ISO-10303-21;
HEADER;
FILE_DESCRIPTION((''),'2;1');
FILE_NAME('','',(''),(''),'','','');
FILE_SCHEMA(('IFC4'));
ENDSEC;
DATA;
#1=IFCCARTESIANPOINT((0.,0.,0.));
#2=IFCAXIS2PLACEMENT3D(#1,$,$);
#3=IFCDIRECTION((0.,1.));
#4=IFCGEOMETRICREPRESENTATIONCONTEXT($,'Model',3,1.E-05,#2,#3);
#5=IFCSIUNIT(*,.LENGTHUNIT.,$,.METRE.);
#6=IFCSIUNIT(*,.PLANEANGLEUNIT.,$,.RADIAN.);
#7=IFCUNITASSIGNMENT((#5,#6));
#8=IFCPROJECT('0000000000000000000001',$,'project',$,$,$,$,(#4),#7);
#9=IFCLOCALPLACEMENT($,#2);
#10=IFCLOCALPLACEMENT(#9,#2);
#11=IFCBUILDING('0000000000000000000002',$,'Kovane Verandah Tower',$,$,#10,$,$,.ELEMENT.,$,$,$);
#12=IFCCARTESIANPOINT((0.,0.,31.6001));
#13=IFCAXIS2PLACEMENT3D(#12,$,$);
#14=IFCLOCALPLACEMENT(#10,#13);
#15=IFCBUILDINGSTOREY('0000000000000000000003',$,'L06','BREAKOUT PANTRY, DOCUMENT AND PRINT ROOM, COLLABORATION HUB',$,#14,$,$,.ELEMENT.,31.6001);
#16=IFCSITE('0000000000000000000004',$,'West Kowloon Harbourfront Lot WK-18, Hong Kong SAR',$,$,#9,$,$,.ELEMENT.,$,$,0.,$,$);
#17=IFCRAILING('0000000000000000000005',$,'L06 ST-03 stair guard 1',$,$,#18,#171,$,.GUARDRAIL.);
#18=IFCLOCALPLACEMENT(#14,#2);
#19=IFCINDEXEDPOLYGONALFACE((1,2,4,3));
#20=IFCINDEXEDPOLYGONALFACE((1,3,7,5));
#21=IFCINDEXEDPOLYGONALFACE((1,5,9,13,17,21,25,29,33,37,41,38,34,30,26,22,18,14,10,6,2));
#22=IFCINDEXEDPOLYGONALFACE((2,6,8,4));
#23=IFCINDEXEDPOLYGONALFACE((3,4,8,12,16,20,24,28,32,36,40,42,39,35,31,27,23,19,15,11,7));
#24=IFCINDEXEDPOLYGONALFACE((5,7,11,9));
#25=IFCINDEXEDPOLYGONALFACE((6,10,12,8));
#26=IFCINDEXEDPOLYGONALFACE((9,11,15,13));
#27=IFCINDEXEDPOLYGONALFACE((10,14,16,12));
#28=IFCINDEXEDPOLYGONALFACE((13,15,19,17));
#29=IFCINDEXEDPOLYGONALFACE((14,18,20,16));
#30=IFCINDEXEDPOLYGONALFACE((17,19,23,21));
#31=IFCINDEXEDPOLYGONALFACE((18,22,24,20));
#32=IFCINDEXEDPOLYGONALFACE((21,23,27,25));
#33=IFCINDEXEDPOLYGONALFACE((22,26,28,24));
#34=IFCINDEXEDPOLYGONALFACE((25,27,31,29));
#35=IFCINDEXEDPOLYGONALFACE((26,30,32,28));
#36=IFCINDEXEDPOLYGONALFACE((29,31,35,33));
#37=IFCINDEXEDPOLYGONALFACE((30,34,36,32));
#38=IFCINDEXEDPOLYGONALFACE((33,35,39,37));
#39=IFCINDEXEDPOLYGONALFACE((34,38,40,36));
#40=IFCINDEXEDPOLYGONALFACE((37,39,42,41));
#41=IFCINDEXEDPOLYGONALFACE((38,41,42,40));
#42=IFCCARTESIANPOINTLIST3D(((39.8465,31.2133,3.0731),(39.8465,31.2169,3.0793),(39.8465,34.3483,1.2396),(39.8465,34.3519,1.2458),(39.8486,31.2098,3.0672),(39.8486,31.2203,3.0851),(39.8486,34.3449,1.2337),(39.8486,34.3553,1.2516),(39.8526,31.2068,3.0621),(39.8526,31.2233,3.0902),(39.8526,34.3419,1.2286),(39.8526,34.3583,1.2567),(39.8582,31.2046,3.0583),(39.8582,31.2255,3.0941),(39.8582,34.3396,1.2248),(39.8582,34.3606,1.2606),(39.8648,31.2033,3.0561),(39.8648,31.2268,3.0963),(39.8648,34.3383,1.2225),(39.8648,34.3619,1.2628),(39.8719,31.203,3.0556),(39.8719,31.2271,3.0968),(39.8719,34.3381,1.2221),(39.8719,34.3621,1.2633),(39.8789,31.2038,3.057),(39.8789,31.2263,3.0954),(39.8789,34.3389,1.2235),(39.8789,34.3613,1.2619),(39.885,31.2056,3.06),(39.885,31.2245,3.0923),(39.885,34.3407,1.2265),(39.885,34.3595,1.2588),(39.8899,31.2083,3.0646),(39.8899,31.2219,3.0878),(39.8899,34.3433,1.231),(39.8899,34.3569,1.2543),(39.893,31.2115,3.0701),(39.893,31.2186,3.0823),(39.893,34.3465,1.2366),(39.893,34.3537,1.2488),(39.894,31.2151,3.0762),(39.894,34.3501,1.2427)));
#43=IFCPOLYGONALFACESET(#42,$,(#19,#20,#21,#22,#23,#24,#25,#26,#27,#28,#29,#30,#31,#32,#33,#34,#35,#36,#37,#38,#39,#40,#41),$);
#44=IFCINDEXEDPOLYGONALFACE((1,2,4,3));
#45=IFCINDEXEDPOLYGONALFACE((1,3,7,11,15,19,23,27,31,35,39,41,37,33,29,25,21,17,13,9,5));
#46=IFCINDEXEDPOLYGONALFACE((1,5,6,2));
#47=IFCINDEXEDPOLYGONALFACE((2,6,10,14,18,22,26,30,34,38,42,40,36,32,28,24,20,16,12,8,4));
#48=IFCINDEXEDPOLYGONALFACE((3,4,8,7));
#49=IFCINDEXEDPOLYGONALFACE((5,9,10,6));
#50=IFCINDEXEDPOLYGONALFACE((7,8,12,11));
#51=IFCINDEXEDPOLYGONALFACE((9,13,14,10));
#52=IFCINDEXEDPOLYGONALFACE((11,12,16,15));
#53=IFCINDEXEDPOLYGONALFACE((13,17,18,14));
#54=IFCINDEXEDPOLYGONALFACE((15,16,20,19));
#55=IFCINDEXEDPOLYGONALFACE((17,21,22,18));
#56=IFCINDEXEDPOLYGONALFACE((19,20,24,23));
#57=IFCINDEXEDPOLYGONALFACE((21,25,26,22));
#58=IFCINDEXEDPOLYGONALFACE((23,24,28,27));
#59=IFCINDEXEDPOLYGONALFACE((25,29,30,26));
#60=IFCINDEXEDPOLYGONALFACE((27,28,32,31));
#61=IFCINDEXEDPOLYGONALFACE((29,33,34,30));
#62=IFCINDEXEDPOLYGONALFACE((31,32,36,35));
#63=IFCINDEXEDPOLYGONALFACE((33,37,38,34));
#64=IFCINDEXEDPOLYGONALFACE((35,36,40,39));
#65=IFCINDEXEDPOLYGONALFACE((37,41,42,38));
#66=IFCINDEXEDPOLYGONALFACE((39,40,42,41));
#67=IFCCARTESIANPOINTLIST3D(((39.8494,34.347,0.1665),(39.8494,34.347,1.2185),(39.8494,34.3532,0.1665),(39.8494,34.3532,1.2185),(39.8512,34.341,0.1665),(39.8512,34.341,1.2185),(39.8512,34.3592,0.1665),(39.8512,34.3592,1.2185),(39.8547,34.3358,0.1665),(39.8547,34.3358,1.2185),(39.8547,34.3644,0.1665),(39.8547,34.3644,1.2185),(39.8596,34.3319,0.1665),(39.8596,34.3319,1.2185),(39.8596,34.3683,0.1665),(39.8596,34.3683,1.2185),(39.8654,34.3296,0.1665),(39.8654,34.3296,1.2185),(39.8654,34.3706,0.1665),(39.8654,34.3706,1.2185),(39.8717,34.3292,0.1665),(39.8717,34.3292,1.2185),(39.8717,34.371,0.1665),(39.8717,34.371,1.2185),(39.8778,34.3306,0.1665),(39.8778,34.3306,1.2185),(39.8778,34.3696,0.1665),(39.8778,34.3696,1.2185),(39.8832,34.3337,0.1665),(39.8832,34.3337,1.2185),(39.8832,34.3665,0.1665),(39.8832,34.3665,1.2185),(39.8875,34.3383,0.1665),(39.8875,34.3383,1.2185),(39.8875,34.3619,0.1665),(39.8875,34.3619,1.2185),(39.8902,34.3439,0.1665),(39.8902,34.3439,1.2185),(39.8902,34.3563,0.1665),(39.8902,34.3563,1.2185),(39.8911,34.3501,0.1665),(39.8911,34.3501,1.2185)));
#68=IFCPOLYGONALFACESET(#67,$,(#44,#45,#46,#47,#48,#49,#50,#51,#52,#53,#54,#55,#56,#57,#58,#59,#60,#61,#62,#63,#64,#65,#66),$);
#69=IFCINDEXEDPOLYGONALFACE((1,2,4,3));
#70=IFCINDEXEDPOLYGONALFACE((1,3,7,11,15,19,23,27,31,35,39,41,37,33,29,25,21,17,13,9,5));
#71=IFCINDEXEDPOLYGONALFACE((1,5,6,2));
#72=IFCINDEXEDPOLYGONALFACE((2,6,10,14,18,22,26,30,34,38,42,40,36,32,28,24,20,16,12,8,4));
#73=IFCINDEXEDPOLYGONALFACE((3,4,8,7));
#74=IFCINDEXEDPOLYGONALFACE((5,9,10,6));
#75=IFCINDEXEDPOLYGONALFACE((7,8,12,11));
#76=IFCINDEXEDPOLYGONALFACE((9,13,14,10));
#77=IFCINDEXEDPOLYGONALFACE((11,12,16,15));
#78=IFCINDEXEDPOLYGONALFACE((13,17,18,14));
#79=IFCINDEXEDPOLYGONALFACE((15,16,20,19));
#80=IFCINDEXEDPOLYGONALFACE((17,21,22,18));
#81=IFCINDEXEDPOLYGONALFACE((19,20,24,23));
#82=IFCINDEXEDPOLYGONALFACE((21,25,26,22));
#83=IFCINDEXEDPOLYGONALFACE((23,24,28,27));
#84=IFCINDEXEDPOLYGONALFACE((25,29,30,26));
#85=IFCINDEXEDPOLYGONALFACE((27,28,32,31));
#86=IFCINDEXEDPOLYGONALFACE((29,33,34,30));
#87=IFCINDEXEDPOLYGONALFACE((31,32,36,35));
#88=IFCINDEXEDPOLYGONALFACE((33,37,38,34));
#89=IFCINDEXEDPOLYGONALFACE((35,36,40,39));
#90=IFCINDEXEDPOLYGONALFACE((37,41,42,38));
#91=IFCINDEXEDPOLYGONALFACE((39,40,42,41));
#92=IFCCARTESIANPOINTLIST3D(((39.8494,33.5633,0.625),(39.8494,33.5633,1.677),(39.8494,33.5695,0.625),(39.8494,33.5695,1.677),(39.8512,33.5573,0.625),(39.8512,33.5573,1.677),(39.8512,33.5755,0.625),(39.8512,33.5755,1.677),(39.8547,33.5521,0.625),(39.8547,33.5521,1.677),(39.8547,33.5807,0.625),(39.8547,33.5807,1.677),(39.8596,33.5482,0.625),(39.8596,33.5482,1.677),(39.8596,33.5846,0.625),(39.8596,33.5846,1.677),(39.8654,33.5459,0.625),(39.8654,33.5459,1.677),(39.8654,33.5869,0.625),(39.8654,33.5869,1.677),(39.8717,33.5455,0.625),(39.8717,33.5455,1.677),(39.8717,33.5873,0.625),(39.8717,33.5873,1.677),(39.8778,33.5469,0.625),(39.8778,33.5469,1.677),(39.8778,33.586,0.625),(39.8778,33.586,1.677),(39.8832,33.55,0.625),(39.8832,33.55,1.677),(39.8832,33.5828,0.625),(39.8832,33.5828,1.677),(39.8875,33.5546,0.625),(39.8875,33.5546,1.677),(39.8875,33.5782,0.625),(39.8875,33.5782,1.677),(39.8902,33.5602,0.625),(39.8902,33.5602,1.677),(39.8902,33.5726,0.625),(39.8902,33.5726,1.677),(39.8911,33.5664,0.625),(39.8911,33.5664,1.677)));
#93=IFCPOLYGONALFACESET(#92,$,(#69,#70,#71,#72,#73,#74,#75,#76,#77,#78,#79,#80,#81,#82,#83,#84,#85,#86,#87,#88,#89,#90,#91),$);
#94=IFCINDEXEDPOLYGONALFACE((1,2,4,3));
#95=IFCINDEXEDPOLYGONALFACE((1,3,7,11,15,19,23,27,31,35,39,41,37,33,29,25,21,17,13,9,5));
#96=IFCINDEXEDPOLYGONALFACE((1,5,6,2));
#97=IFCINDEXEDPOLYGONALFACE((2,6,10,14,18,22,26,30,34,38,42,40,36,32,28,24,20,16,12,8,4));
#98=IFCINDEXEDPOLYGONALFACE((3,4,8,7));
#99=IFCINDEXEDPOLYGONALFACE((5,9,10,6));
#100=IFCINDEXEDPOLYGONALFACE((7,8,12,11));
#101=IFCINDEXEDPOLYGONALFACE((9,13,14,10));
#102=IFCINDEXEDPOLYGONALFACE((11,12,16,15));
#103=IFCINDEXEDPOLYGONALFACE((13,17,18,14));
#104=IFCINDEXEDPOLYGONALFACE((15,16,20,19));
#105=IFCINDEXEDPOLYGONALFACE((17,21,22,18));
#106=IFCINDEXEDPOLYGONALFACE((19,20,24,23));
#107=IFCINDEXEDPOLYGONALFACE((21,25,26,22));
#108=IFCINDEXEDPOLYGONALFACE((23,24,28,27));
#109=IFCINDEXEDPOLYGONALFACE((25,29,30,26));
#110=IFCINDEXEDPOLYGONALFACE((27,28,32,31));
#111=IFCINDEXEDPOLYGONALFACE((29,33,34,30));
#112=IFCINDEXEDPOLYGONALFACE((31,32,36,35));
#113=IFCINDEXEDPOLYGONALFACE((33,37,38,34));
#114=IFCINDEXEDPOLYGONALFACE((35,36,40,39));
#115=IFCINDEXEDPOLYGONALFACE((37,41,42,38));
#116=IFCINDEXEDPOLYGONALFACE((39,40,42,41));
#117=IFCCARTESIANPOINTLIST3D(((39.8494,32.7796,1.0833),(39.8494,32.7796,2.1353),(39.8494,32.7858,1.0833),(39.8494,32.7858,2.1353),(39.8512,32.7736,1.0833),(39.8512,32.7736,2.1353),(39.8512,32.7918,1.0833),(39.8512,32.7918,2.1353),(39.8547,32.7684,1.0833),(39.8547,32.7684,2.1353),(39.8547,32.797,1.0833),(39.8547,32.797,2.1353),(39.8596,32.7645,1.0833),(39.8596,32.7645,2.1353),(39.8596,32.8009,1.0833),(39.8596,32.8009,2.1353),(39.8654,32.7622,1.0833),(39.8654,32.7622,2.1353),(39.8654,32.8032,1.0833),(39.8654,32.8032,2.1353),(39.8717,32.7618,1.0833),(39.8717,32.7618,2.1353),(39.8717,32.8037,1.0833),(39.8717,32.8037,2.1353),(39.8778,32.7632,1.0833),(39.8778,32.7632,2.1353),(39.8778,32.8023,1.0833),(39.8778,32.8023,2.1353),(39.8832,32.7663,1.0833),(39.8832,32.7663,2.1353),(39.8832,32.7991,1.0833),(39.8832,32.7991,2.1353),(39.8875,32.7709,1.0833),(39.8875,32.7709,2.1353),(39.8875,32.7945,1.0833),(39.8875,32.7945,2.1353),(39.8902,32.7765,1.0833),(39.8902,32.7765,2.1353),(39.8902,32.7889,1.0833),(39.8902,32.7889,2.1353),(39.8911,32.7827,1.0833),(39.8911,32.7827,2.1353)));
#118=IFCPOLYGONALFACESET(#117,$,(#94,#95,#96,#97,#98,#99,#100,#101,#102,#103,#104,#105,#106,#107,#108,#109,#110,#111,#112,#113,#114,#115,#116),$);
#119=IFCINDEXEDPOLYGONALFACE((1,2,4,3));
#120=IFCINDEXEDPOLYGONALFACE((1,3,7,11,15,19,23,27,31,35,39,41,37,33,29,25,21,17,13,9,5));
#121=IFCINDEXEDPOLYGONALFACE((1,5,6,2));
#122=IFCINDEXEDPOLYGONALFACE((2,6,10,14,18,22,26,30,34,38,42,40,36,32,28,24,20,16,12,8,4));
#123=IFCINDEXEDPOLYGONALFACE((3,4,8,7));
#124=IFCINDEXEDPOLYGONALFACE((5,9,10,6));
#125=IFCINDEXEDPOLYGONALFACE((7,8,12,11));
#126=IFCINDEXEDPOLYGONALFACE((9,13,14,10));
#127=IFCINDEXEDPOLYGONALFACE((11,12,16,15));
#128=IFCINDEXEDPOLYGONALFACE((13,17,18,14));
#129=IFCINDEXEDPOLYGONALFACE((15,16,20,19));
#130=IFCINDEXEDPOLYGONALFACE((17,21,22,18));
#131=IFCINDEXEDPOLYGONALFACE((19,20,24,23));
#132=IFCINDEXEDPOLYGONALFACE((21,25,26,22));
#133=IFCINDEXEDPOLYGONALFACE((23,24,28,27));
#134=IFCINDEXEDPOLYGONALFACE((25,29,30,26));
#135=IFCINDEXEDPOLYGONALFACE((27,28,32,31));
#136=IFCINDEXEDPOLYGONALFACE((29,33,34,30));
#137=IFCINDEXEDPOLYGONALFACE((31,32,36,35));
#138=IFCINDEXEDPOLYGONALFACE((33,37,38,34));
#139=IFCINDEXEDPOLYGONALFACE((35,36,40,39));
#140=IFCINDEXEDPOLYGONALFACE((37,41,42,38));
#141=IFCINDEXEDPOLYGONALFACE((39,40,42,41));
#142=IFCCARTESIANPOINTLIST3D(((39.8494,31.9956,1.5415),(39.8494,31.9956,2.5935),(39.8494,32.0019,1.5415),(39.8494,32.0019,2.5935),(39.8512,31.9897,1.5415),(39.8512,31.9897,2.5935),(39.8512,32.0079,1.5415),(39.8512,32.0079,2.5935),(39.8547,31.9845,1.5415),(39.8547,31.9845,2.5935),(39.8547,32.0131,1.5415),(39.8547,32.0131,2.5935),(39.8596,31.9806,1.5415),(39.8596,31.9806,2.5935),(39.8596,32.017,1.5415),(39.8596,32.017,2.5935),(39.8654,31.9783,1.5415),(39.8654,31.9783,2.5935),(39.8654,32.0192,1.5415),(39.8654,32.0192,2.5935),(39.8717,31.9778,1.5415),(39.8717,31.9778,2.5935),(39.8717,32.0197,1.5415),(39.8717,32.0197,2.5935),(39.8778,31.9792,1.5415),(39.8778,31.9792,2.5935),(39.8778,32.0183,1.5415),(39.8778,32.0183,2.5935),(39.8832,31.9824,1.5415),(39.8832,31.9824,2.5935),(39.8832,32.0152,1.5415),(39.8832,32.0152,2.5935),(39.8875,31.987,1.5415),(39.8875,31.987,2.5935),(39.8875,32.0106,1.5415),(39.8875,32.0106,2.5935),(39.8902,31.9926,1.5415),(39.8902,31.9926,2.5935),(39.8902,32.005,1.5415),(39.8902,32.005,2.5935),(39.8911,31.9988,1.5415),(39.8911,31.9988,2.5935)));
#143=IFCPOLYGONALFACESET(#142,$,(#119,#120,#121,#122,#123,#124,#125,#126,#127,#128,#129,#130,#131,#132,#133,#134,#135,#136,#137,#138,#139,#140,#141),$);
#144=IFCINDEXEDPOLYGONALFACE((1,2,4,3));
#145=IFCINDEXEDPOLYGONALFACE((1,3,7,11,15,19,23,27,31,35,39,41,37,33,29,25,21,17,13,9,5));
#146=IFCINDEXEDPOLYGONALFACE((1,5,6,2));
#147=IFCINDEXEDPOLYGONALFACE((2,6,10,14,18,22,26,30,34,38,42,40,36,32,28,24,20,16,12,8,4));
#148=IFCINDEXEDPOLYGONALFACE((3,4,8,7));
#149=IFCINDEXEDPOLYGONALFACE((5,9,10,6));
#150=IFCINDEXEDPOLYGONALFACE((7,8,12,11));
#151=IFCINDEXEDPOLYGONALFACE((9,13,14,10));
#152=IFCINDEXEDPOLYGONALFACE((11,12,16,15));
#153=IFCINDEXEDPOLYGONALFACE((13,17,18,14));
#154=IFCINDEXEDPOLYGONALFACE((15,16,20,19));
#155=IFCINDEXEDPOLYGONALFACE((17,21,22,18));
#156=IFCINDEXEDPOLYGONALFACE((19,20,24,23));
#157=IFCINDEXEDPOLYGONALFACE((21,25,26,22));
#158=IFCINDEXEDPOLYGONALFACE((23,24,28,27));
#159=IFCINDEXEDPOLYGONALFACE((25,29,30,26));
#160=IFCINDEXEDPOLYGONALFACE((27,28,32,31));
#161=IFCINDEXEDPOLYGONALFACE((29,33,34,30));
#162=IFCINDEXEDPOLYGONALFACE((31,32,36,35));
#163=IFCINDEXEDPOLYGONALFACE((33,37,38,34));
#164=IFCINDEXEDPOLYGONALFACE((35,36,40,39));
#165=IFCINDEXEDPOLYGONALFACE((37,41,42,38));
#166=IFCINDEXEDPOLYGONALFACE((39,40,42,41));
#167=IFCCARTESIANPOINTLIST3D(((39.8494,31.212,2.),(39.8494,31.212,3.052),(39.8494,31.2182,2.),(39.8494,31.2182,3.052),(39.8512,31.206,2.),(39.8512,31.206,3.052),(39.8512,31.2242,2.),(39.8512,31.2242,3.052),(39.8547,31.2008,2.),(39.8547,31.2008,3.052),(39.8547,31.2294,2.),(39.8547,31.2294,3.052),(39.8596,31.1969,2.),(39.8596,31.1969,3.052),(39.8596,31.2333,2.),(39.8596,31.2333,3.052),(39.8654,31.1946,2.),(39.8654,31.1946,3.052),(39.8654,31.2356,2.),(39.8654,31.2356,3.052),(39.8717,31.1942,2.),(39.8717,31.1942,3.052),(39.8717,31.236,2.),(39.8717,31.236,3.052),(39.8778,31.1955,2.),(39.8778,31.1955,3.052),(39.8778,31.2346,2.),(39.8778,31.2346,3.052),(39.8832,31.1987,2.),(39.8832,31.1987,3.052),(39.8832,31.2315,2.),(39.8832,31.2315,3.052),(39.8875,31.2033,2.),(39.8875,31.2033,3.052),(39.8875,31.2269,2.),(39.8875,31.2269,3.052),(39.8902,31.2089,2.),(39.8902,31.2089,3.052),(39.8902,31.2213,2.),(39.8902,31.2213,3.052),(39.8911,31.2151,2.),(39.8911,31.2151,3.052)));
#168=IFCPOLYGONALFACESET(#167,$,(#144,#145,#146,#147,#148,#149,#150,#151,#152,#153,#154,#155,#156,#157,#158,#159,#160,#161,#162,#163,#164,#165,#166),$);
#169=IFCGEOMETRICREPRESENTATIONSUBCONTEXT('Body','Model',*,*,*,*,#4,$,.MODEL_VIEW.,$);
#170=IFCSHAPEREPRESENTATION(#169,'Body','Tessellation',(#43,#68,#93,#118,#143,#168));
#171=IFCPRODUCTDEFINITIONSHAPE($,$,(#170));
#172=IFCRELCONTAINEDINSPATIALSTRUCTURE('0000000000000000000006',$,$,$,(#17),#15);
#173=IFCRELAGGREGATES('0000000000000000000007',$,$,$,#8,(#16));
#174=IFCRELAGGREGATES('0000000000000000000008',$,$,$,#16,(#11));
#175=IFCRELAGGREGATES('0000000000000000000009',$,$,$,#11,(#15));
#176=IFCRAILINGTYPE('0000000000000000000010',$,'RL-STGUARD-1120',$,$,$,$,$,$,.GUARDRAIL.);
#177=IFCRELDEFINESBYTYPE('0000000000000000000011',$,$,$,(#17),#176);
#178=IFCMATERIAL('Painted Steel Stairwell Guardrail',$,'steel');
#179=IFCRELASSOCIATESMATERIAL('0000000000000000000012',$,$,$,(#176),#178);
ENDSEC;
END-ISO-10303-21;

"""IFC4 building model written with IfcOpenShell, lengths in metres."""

from ifc_helpers import new_model, si_unit, direction, frame, origin, origin_2d, place, context, subcontext, project, spatial, circle, extrude, material, type_object, element, save


model = new_model("IFC4")

# Units and contexts
model_context = context("Model", 3, precision=1e-05, world=origin(), true_north=direction((0.0, 1.0)))
body_context = subcontext(model_context, "Body", "Model", "MODEL_VIEW")
ifc_project = project(units=[si_unit("LENGTHUNIT", "METRE"), si_unit("PLANEANGLEUNIT", "RADIAN")], contexts=[model_context])

# Site, building, storey
site_placement = place(None, origin())
site = spatial("IfcSite", under=ifc_project, at=site_placement, Name="West Kowloon Harbourfront Lot WK-18, Hong Kong SAR", CompositionType="ELEMENT", RefElevation=0.0)
building_placement = place(site_placement, origin())
building = spatial("IfcBuilding", under=site, at=building_placement, Name="Kovane Verandah Tower", CompositionType="ELEMENT")
storey_placement = place(building_placement, frame((0.0, 0.0, 31.6001)))
storey = spatial("IfcBuildingStorey", under=building, at=storey_placement, Name="L06", Description="BREAKOUT PANTRY, DOCUMENT AND PRINT ROOM, COLLABORATION HUB", CompositionType="ELEMENT", Elevation=31.6001)

# Railing
ifc_material_1 = material(Name="Painted Steel Stairwell Guardrail", Category="steel")
railing_type = type_object("IfcRailingType", Name="RL-STGUARD-1120", PredefinedType="GUARDRAIL", material=ifc_material_1)
railing_1_placement = place(storey_placement, frame((39.8701, 34.3501, 0.1665)))
element("IfcRailing", 1, at=railing_1_placement, inside=storey, type_object=railing_type, Name="L06 ST-03 stair guard 1", PredefinedType="GUARDRAIL", context=body_context, shape_type="SweptSolid", body=[
    extrude(circle(Radius=0.0239, at=origin_2d()), frame((0.0, 0.0, 1.0762), z_axis=(0.0, -0.86321, 0.504845), x_axis=(1.0, 0.0, 0.0)), (0.0, 0.0, 1.0), 3.6318),
    extrude(circle(Radius=0.021, at=origin_2d()), origin(), (0.0, 0.0, 1.0), 1.052),
    extrude(circle(Radius=0.021, at=origin_2d()), frame((0.0, -0.7837, 0.4585)), (0.0, 0.0, 1.0), 1.052),
    extrude(circle(Radius=0.021, at=origin_2d()), frame((0.0, -1.5674, 0.9167)), (0.0, 0.0, 1.0), 1.052),
    extrude(circle(Radius=0.021, at=origin_2d()), frame((0.0, -2.3513, 1.375)), (0.0, 0.0, 1.0), 1.052),
    extrude(circle(Radius=0.021, at=origin_2d()), frame((0.0, -3.135, 1.8335)), (0.0, 0.0, 1.0), 1.052),
])

save(model, "model.ifc")
